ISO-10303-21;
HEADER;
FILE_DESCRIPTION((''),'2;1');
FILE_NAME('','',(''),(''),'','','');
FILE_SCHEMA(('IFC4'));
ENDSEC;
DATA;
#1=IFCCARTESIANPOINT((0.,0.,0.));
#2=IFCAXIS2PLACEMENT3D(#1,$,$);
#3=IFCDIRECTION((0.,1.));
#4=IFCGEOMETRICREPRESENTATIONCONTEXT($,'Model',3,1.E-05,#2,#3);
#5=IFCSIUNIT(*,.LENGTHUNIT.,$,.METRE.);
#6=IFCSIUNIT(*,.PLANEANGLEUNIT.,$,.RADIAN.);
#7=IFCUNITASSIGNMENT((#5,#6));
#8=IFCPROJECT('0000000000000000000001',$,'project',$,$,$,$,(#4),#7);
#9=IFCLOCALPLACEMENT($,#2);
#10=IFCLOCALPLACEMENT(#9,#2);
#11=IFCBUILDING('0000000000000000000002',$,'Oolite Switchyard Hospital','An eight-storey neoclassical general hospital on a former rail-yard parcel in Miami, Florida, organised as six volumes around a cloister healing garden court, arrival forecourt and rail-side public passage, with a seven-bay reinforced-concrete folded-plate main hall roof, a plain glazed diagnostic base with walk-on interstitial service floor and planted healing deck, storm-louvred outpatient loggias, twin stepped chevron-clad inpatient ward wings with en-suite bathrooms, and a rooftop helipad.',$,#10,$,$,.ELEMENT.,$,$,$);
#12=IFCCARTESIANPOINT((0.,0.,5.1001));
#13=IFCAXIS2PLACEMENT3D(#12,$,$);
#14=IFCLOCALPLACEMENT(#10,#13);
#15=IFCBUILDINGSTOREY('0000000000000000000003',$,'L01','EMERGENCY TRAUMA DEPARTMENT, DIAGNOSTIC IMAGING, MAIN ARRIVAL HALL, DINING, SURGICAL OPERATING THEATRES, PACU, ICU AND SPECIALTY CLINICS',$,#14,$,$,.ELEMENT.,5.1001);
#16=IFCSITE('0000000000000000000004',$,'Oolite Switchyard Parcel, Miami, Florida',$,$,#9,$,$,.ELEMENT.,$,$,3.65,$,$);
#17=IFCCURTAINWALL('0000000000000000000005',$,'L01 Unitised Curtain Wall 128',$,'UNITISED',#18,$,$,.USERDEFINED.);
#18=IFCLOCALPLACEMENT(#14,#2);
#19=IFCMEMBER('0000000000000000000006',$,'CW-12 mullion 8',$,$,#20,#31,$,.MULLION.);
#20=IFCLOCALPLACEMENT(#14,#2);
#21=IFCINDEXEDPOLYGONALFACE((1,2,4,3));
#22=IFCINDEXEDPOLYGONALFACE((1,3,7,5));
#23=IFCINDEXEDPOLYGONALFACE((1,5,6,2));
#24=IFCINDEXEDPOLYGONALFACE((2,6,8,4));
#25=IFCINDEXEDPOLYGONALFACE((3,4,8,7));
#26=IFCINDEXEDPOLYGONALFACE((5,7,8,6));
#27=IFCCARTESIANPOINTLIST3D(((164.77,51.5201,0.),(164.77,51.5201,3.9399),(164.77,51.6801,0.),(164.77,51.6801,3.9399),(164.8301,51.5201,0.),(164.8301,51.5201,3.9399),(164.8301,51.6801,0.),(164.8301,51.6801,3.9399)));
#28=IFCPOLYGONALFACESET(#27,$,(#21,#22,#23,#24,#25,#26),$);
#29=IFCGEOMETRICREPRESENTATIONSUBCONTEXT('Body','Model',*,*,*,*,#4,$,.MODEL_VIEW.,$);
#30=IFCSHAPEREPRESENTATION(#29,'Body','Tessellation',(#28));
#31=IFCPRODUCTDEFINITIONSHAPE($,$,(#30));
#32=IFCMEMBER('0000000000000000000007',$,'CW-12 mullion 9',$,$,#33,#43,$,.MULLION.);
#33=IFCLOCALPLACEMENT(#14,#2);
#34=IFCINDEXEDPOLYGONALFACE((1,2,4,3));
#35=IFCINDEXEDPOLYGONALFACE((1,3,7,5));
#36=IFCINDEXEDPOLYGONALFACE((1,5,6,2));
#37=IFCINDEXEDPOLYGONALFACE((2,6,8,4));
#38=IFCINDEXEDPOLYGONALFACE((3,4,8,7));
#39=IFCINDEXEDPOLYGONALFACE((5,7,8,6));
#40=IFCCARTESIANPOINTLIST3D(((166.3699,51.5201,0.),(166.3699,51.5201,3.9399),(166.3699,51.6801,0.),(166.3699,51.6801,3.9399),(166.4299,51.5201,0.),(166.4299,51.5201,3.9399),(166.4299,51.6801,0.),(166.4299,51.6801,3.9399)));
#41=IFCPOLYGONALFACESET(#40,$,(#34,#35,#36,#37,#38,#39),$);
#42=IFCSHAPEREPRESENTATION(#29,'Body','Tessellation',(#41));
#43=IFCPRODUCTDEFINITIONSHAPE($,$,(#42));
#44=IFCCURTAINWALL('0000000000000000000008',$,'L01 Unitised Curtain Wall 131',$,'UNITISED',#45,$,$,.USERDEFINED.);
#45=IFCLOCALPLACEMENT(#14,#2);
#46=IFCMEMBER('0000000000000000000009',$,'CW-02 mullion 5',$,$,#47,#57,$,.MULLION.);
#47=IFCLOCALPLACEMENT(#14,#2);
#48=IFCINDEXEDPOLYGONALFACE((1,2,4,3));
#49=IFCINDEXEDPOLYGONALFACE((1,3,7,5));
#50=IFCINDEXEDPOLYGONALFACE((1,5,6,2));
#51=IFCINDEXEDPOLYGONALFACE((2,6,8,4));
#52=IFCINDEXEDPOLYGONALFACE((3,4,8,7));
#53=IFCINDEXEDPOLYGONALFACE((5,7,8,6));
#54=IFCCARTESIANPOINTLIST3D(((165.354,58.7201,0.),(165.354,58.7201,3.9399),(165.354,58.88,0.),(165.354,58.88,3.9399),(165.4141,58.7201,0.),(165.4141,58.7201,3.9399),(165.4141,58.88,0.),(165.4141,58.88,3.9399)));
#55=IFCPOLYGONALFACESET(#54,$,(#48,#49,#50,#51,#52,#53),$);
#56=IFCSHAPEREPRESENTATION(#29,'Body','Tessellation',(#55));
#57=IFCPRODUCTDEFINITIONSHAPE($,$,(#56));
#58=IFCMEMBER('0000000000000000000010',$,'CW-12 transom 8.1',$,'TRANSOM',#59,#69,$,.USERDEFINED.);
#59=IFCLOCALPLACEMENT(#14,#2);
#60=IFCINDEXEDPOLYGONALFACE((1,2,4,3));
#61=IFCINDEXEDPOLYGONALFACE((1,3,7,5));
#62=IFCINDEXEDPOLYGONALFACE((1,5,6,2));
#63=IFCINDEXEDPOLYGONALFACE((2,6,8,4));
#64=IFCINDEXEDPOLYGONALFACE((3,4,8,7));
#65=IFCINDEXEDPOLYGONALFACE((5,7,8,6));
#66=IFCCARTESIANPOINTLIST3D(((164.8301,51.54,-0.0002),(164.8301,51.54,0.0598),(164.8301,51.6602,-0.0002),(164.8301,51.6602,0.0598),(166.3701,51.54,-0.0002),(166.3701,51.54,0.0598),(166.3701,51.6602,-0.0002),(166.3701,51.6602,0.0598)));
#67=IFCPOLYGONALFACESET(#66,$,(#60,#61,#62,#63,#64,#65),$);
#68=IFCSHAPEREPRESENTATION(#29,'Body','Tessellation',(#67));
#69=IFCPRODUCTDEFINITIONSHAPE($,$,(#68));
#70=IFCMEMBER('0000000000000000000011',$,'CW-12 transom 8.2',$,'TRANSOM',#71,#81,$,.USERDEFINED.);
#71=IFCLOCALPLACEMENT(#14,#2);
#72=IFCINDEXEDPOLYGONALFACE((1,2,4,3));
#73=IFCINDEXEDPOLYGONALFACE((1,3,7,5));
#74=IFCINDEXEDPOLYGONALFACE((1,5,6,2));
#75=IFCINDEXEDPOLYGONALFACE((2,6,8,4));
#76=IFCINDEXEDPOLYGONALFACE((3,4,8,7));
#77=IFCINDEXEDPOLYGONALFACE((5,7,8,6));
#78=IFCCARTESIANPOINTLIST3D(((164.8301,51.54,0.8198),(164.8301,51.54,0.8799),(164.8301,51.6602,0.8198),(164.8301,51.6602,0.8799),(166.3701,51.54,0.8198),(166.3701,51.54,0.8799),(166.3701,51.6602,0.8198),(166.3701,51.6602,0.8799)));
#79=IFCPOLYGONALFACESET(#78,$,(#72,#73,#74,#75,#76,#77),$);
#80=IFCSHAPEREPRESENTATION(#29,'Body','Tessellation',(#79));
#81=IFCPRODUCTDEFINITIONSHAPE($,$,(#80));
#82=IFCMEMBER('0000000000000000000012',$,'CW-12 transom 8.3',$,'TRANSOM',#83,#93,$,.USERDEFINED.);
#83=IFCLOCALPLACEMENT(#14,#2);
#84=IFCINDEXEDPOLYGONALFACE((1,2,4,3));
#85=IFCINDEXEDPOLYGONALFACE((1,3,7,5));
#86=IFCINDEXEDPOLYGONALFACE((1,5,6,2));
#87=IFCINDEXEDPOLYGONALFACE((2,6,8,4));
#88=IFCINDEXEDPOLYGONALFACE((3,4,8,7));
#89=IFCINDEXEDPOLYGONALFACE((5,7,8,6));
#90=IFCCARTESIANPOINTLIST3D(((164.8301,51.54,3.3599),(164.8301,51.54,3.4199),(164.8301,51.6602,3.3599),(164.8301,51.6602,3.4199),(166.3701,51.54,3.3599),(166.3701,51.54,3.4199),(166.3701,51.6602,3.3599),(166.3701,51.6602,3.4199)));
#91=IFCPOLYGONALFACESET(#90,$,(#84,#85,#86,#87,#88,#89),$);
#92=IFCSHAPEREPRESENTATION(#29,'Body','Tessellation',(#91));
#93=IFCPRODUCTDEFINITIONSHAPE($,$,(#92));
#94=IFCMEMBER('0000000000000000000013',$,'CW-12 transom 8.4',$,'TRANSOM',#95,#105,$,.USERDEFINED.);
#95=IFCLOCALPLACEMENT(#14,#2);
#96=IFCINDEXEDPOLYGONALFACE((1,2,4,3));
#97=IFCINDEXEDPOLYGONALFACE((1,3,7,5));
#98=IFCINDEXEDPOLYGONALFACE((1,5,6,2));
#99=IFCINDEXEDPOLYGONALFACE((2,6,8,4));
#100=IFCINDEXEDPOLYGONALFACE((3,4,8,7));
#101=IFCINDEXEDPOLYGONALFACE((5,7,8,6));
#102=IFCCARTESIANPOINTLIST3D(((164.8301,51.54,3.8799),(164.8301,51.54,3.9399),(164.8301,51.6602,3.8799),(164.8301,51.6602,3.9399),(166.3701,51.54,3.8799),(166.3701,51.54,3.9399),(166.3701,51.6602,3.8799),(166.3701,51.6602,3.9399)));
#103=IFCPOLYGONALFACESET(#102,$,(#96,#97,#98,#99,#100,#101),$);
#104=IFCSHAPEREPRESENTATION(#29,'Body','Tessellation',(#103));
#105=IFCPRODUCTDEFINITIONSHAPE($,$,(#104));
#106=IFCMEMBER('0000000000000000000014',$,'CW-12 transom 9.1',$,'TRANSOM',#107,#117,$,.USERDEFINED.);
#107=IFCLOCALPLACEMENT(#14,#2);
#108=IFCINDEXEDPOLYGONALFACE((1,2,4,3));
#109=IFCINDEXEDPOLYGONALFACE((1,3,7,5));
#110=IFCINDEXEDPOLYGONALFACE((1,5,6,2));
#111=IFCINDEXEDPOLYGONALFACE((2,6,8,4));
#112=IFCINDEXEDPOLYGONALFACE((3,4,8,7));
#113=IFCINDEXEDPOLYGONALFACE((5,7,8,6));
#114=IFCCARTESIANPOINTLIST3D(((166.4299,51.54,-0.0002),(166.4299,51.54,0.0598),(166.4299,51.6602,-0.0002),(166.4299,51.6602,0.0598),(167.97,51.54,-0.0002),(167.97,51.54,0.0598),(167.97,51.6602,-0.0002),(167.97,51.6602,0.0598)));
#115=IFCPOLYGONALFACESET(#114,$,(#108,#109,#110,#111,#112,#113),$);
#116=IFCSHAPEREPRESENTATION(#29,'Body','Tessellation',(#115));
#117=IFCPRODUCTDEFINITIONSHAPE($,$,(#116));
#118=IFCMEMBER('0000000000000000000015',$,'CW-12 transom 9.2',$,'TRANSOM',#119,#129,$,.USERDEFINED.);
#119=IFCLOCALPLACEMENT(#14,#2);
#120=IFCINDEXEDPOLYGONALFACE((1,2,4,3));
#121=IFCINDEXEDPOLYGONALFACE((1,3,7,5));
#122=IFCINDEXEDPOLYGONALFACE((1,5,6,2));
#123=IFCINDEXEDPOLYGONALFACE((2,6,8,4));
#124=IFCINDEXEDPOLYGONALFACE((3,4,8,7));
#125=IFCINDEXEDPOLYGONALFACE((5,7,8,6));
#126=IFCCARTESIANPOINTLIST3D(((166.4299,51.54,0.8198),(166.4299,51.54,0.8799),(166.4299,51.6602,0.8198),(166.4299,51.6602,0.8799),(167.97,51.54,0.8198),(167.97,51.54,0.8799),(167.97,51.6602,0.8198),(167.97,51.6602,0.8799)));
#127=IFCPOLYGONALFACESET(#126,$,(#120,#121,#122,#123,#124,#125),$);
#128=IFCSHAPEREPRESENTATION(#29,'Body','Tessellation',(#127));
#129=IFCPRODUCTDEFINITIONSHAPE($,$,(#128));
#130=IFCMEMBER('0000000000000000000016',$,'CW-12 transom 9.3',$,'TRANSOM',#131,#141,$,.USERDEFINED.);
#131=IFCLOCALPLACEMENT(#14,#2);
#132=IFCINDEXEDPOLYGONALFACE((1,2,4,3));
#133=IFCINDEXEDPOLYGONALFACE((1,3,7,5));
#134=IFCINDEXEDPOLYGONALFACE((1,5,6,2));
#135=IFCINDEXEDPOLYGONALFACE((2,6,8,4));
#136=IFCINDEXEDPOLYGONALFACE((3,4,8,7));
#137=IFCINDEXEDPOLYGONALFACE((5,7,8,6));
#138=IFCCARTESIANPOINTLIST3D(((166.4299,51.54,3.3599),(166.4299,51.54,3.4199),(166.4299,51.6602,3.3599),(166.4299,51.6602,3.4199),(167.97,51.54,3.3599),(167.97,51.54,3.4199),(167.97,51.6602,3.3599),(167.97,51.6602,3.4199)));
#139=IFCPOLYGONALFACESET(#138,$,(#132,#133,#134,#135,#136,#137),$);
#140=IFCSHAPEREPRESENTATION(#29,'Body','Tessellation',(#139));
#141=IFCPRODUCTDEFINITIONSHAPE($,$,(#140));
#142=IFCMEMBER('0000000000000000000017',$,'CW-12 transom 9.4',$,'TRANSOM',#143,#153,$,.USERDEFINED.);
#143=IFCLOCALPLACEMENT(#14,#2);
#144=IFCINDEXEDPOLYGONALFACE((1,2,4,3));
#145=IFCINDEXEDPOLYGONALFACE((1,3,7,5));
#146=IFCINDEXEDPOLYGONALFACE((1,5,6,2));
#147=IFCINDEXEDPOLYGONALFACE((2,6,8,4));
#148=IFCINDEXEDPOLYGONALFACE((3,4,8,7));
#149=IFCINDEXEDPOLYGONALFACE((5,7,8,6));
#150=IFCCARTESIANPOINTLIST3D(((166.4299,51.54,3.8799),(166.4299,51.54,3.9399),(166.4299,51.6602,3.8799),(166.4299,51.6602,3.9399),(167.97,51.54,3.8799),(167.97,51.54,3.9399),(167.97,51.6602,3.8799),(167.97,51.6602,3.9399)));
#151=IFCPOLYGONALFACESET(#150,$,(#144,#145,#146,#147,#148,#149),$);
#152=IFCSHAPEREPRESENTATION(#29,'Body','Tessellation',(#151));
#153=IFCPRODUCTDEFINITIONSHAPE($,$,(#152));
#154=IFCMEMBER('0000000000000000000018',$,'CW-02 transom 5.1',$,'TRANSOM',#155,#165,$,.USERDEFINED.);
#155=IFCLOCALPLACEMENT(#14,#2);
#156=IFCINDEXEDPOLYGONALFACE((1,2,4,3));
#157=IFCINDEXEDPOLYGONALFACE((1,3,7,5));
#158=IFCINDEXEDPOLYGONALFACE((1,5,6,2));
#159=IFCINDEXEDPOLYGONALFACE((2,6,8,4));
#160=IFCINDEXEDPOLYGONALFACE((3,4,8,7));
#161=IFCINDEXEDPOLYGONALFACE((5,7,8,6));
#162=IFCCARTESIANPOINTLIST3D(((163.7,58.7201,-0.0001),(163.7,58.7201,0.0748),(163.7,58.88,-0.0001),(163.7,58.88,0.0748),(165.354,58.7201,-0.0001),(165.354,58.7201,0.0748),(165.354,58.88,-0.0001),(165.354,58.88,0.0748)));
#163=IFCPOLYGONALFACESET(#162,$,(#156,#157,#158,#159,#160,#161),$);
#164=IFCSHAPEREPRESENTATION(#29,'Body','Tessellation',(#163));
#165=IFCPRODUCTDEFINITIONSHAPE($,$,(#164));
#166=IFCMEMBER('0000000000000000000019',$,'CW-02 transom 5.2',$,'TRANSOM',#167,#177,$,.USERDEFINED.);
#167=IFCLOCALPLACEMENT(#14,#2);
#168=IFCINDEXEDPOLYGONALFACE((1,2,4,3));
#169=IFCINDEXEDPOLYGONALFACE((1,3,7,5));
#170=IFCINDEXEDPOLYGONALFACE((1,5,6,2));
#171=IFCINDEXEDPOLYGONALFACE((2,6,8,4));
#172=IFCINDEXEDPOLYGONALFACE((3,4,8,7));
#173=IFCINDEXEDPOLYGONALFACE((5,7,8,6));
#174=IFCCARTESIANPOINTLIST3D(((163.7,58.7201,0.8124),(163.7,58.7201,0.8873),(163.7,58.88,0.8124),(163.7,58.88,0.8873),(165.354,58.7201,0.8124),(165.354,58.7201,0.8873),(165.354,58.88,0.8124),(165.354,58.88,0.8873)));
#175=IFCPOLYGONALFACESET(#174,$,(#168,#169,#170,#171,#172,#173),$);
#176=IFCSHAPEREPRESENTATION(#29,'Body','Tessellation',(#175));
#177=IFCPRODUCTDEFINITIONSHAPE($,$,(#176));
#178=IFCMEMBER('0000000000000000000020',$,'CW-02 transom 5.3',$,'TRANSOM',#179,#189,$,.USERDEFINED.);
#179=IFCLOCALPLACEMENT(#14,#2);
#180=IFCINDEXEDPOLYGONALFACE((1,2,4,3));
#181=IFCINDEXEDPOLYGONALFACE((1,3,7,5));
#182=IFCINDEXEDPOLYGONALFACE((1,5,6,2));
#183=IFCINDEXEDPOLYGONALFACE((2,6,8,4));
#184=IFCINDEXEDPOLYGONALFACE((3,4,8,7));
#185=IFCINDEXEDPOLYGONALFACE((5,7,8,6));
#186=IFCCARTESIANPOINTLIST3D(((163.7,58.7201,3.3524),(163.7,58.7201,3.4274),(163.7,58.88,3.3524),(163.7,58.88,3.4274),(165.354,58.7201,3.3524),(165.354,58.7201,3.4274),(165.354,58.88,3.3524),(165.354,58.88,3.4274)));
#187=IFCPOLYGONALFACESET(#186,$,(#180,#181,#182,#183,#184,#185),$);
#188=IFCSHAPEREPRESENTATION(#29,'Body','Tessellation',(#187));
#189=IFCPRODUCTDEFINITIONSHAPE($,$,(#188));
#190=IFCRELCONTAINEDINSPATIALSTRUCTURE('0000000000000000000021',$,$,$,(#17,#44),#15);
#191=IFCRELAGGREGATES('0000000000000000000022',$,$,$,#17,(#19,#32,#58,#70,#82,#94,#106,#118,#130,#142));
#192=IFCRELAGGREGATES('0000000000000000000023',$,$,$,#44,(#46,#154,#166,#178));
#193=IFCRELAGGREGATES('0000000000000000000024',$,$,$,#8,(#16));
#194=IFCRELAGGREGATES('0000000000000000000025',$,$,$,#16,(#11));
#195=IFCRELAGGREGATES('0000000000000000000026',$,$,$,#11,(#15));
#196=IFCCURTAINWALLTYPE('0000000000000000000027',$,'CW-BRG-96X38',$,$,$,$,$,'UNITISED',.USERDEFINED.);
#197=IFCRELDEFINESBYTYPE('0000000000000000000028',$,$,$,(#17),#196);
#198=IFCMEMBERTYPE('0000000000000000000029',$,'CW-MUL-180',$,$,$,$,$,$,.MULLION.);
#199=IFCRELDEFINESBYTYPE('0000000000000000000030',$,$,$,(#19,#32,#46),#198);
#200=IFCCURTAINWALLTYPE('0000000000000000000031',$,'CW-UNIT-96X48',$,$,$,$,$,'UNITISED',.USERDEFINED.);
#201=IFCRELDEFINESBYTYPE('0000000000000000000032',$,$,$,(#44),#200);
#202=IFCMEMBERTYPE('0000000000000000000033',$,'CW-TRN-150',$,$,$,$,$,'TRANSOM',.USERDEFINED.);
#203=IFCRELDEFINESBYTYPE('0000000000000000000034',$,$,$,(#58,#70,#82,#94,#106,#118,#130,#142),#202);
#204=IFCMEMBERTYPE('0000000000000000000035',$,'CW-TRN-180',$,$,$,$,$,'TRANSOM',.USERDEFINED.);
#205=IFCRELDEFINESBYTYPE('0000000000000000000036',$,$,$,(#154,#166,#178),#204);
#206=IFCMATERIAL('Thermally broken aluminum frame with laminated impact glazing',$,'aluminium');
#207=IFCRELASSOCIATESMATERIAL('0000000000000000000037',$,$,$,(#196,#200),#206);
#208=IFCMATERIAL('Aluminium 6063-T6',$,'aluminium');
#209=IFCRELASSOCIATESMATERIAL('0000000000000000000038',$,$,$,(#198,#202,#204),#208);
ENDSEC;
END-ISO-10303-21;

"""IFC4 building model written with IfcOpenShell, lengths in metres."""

from ifc_helpers import new_model, si_unit, direction, frame, origin, origin_2d, place, context, subcontext, project, spatial, rectangle, extrude, material, material_profile, profile_set, type_object, element, aggregate, save


model = new_model("IFC4")

# Units and contexts
model_context = context("Model", 3, precision=1e-05, world=origin(), true_north=direction((0.0, 1.0)))
body_context = subcontext(model_context, "Body", "Model", "MODEL_VIEW")
ifc_project = project(units=[si_unit("LENGTHUNIT", "METRE"), si_unit("PLANEANGLEUNIT", "RADIAN")], contexts=[model_context])

# Site, building, storey
site_placement = place(None, origin())
site = spatial("IfcSite", under=ifc_project, at=site_placement, Name="Oolite Switchyard Parcel, Miami, Florida", CompositionType="ELEMENT", RefElevation=3.65)
building_placement = place(site_placement, origin())
building = spatial("IfcBuilding", under=site, at=building_placement, Name="Oolite Switchyard Hospital", Description="An eight-storey neoclassical general hospital on a former rail-yard parcel in Miami, Florida, organised as six volumes around a cloister healing garden court, arrival forecourt and rail-side public passage, with a seven-bay reinforced-concrete folded-plate main hall roof, a plain glazed diagnostic base with walk-on interstitial service floor and planted healing deck, storm-louvred outpatient loggias, twin stepped chevron-clad inpatient ward wings with en-suite bathrooms, and a rooftop helipad.", CompositionType="ELEMENT")
storey_placement = place(building_placement, frame((0.0, 0.0, 5.1001)))
storey = spatial("IfcBuildingStorey", under=building, at=storey_placement, Name="L01", Description="EMERGENCY TRAUMA DEPARTMENT, DIAGNOSTIC IMAGING, MAIN ARRIVAL HALL, DINING, SURGICAL OPERATING THEATRES, PACU, ICU AND SPECIALTY CLINICS", CompositionType="ELEMENT", Elevation=5.1001)

# Curtain wall, members
ifc_material_1 = material(Name="Thermally broken aluminum frame with laminated impact glazing", Category="aluminium")
curtain_wall_type_1 = type_object("IfcCurtainWallType", Name="CW-BRG-96X38", ElementType="UNITISED", PredefinedType="USERDEFINED", material=ifc_material_1)
curtain_wall_1_placement = place(storey_placement, origin())
curtain_wall_1 = element("IfcCurtainWall", 1, at=curtain_wall_1_placement, inside=storey, type_object=curtain_wall_type_1, Name="L01 Unitised Curtain Wall 128", ObjectType="UNITISED", PredefinedType="USERDEFINED")
ifc_material_2 = material(Name="Aluminium 6063-T6", Category="aluminium")
ifc_material_profile_1 = material_profile(ifc_material_2, rectangle(XDim=0.1599, YDim=0.0601, at=origin_2d()), Name="CWM60X160")
ifc_profile_set_1 = profile_set([ifc_material_profile_1], Name="Aluminium 6063-T6")
member_type_1 = type_object("IfcMemberType", Name="CW-MUL-180", PredefinedType="MULLION", material=ifc_profile_set_1)
member_1_placement = place(storey_placement, frame((164.8, 51.6001, 0.0), z_axis=(0.0, 0.0, 1.0), x_axis=(0.0, 1.0, 0.0)))
member_1 = element("IfcMember", 2, at=member_1_placement, type_object=member_type_1, Name="CW-12 mullion 8", PredefinedType="MULLION", context=body_context, shape_type="SweptSolid", body=[
    extrude(rectangle(XDim=0.1599, YDim=0.0601, at=origin_2d()), origin(), (0.0, 0.0, 1.0), 3.9399),
])
member_2_placement = place(storey_placement, frame((166.3999, 51.6001, 0.0), z_axis=(0.0, 0.0, 1.0), x_axis=(0.0, 1.0, 0.0)))
member_2 = element("IfcMember", 3, at=member_2_placement, type_object=member_type_1, Name="CW-12 mullion 9", PredefinedType="MULLION", context=body_context, shape_type="SweptSolid", body=[
    extrude(rectangle(XDim=0.1599, YDim=0.0601, at=origin_2d()), origin(), (0.0, 0.0, 1.0), 3.9399),
])

# Curtain wall, member
curtain_wall_type_2 = type_object("IfcCurtainWallType", Name="CW-UNIT-96X48", ElementType="UNITISED", PredefinedType="USERDEFINED", material=ifc_material_1)
curtain_wall_2_placement = place(storey_placement, origin())
curtain_wall_2 = element("IfcCurtainWall", 4, at=curtain_wall_2_placement, inside=storey, type_object=curtain_wall_type_2, Name="L01 Unitised Curtain Wall 131", ObjectType="UNITISED", PredefinedType="USERDEFINED")
member_3_placement = place(storey_placement, frame((165.384, 58.8, 0.0), z_axis=(0.0, 0.0, 1.0), x_axis=(0.0, -1.0, 0.0)))
member_3 = element("IfcMember", 5, at=member_3_placement, type_object=member_type_1, Name="CW-02 mullion 5", PredefinedType="MULLION", context=body_context, shape_type="SweptSolid", body=[
    extrude(rectangle(XDim=0.1599, YDim=0.0601, at=origin_2d()), origin(), (0.0, 0.0, 1.0), 3.9399),
])

# Members
ifc_material_profile_2 = material_profile(ifc_material_2, rectangle(XDim=0.1201, YDim=0.0601, at=origin_2d()), Name="CWT60X120")
ifc_profile_set_2 = profile_set([ifc_material_profile_2], Name="Aluminium 6063-T6")
member_type_2 = type_object("IfcMemberType", Name="CW-TRN-150", ElementType="TRANSOM", PredefinedType="USERDEFINED", material=ifc_profile_set_2)
member_4_placement = place(storey_placement, frame((164.8301, 51.6001, 0.0298), z_axis=(1.0, 0.0, 0.0), x_axis=(0.0, 1.0, 0.0)))
member_4 = element("IfcMember", 6, at=member_4_placement, type_object=member_type_2, Name="CW-12 transom 8.1", ObjectType="TRANSOM", PredefinedType="USERDEFINED", context=body_context, shape_type="SweptSolid", body=[
    extrude(rectangle(XDim=0.1201, YDim=0.0601, at=origin_2d()), origin(), (0.0, 0.0, 1.0), 1.54),
])
member_5_placement = place(storey_placement, frame((164.8301, 51.6001, 0.8499), z_axis=(1.0, 0.0, 0.0), x_axis=(0.0, 1.0, 0.0)))
member_5 = element("IfcMember", 7, at=member_5_placement, type_object=member_type_2, Name="CW-12 transom 8.2", ObjectType="TRANSOM", PredefinedType="USERDEFINED", context=body_context, shape_type="SweptSolid", body=[
    extrude(rectangle(XDim=0.1201, YDim=0.0601, at=origin_2d()), origin(), (0.0, 0.0, 1.0), 1.54),
])
member_6_placement = place(storey_placement, frame((164.8301, 51.6001, 3.3899), z_axis=(1.0, 0.0, 0.0), x_axis=(0.0, 1.0, 0.0)))
member_6 = element("IfcMember", 8, at=member_6_placement, type_object=member_type_2, Name="CW-12 transom 8.3", ObjectType="TRANSOM", PredefinedType="USERDEFINED", context=body_context, shape_type="SweptSolid", body=[
    extrude(rectangle(XDim=0.1201, YDim=0.0601, at=origin_2d()), origin(), (0.0, 0.0, 1.0), 1.54),
])
member_7_placement = place(storey_placement, frame((164.8301, 51.6001, 3.9099), z_axis=(1.0, 0.0, 0.0), x_axis=(0.0, 1.0, 0.0)))
member_7 = element("IfcMember", 9, at=member_7_placement, type_object=member_type_2, Name="CW-12 transom 8.4", ObjectType="TRANSOM", PredefinedType="USERDEFINED", context=body_context, shape_type="SweptSolid", body=[
    extrude(rectangle(XDim=0.1201, YDim=0.0601, at=origin_2d()), origin(), (0.0, 0.0, 1.0), 1.54),
])
member_8_placement = place(storey_placement, frame((166.4299, 51.6001, 0.0298), z_axis=(1.0, 0.0, 0.0), x_axis=(0.0, 1.0, 0.0)))
member_8 = element("IfcMember", 10, at=member_8_placement, type_object=member_type_2, Name="CW-12 transom 9.1", ObjectType="TRANSOM", PredefinedType="USERDEFINED", context=body_context, shape_type="SweptSolid", body=[
    extrude(rectangle(XDim=0.1201, YDim=0.0601, at=origin_2d()), origin(), (0.0, 0.0, 1.0), 1.54),
])
member_9_placement = place(storey_placement, frame((166.4299, 51.6001, 0.8499), z_axis=(1.0, 0.0, 0.0), x_axis=(0.0, 1.0, 0.0)))
member_9 = element("IfcMember", 11, at=member_9_placement, type_object=member_type_2, Name="CW-12 transom 9.2", ObjectType="TRANSOM", PredefinedType="USERDEFINED", context=body_context, shape_type="SweptSolid", body=[
    extrude(rectangle(XDim=0.1201, YDim=0.0601, at=origin_2d()), origin(), (0.0, 0.0, 1.0), 1.54),
])
member_10_placement = place(storey_placement, frame((166.4299, 51.6001, 3.3899), z_axis=(1.0, 0.0, 0.0), x_axis=(0.0, 1.0, 0.0)))
member_10 = element("IfcMember", 12, at=member_10_placement, type_object=member_type_2, Name="CW-12 transom 9.3", ObjectType="TRANSOM", PredefinedType="USERDEFINED", context=body_context, shape_type="SweptSolid", body=[
    extrude(rectangle(XDim=0.1201, YDim=0.0601, at=origin_2d()), origin(), (0.0, 0.0, 1.0), 1.54),
])
member_11_placement = place(storey_placement, frame((166.4299, 51.6001, 3.9099), z_axis=(1.0, 0.0, 0.0), x_axis=(0.0, 1.0, 0.0)))
member_11 = element("IfcMember", 13, at=member_11_placement, type_object=member_type_2, Name="CW-12 transom 9.4", ObjectType="TRANSOM", PredefinedType="USERDEFINED", context=body_context, shape_type="SweptSolid", body=[
    extrude(rectangle(XDim=0.1201, YDim=0.0601, at=origin_2d()), origin(), (0.0, 0.0, 1.0), 1.54),
])
ifc_material_profile_3 = material_profile(ifc_material_2, rectangle(XDim=0.1599, YDim=0.075, at=origin_2d()), Name="CWT75X160")
ifc_profile_set_3 = profile_set([ifc_material_profile_3], Name="Aluminium 6063-T6")
member_type_3 = type_object("IfcMemberType", Name="CW-TRN-180", ElementType="TRANSOM", PredefinedType="USERDEFINED", material=ifc_profile_set_3)
member_12_placement = place(storey_placement, frame((165.354, 58.8, 0.0374), z_axis=(-1.0, 0.0, 0.0), x_axis=(0.0, -1.0, 0.0)))
member_12 = element("IfcMember", 14, at=member_12_placement, type_object=member_type_3, Name="CW-02 transom 5.1", ObjectType="TRANSOM", PredefinedType="USERDEFINED", context=body_context, shape_type="SweptSolid", body=[
    extrude(rectangle(XDim=0.1599, YDim=0.075, at=origin_2d()), origin(), (0.0, 0.0, 1.0), 1.6541),
])
member_13_placement = place(storey_placement, frame((165.354, 58.8, 0.8499), z_axis=(-1.0, 0.0, 0.0), x_axis=(0.0, -1.0, 0.0)))
member_13 = element("IfcMember", 15, at=member_13_placement, type_object=member_type_3, Name="CW-02 transom 5.2", ObjectType="TRANSOM", PredefinedType="USERDEFINED", context=body_context, shape_type="SweptSolid", body=[
    extrude(rectangle(XDim=0.1599, YDim=0.075, at=origin_2d()), origin(), (0.0, 0.0, 1.0), 1.6541),
])
member_14_placement = place(storey_placement, frame((165.354, 58.8, 3.3899), z_axis=(-1.0, 0.0, 0.0), x_axis=(0.0, -1.0, 0.0)))
member_14 = element("IfcMember", 16, at=member_14_placement, type_object=member_type_3, Name="CW-02 transom 5.3", ObjectType="TRANSOM", PredefinedType="USERDEFINED", context=body_context, shape_type="SweptSolid", body=[
    extrude(rectangle(XDim=0.1599, YDim=0.075, at=origin_2d()), origin(), (0.0, 0.0, 1.0), 1.6541),
])

aggregate(curtain_wall_1, [member_1, member_2, member_4, member_5, member_6, member_7, member_8, member_9, member_10, member_11])
aggregate(curtain_wall_2, [member_3, member_12, member_13, member_14])

save(model, "model.ifc")
